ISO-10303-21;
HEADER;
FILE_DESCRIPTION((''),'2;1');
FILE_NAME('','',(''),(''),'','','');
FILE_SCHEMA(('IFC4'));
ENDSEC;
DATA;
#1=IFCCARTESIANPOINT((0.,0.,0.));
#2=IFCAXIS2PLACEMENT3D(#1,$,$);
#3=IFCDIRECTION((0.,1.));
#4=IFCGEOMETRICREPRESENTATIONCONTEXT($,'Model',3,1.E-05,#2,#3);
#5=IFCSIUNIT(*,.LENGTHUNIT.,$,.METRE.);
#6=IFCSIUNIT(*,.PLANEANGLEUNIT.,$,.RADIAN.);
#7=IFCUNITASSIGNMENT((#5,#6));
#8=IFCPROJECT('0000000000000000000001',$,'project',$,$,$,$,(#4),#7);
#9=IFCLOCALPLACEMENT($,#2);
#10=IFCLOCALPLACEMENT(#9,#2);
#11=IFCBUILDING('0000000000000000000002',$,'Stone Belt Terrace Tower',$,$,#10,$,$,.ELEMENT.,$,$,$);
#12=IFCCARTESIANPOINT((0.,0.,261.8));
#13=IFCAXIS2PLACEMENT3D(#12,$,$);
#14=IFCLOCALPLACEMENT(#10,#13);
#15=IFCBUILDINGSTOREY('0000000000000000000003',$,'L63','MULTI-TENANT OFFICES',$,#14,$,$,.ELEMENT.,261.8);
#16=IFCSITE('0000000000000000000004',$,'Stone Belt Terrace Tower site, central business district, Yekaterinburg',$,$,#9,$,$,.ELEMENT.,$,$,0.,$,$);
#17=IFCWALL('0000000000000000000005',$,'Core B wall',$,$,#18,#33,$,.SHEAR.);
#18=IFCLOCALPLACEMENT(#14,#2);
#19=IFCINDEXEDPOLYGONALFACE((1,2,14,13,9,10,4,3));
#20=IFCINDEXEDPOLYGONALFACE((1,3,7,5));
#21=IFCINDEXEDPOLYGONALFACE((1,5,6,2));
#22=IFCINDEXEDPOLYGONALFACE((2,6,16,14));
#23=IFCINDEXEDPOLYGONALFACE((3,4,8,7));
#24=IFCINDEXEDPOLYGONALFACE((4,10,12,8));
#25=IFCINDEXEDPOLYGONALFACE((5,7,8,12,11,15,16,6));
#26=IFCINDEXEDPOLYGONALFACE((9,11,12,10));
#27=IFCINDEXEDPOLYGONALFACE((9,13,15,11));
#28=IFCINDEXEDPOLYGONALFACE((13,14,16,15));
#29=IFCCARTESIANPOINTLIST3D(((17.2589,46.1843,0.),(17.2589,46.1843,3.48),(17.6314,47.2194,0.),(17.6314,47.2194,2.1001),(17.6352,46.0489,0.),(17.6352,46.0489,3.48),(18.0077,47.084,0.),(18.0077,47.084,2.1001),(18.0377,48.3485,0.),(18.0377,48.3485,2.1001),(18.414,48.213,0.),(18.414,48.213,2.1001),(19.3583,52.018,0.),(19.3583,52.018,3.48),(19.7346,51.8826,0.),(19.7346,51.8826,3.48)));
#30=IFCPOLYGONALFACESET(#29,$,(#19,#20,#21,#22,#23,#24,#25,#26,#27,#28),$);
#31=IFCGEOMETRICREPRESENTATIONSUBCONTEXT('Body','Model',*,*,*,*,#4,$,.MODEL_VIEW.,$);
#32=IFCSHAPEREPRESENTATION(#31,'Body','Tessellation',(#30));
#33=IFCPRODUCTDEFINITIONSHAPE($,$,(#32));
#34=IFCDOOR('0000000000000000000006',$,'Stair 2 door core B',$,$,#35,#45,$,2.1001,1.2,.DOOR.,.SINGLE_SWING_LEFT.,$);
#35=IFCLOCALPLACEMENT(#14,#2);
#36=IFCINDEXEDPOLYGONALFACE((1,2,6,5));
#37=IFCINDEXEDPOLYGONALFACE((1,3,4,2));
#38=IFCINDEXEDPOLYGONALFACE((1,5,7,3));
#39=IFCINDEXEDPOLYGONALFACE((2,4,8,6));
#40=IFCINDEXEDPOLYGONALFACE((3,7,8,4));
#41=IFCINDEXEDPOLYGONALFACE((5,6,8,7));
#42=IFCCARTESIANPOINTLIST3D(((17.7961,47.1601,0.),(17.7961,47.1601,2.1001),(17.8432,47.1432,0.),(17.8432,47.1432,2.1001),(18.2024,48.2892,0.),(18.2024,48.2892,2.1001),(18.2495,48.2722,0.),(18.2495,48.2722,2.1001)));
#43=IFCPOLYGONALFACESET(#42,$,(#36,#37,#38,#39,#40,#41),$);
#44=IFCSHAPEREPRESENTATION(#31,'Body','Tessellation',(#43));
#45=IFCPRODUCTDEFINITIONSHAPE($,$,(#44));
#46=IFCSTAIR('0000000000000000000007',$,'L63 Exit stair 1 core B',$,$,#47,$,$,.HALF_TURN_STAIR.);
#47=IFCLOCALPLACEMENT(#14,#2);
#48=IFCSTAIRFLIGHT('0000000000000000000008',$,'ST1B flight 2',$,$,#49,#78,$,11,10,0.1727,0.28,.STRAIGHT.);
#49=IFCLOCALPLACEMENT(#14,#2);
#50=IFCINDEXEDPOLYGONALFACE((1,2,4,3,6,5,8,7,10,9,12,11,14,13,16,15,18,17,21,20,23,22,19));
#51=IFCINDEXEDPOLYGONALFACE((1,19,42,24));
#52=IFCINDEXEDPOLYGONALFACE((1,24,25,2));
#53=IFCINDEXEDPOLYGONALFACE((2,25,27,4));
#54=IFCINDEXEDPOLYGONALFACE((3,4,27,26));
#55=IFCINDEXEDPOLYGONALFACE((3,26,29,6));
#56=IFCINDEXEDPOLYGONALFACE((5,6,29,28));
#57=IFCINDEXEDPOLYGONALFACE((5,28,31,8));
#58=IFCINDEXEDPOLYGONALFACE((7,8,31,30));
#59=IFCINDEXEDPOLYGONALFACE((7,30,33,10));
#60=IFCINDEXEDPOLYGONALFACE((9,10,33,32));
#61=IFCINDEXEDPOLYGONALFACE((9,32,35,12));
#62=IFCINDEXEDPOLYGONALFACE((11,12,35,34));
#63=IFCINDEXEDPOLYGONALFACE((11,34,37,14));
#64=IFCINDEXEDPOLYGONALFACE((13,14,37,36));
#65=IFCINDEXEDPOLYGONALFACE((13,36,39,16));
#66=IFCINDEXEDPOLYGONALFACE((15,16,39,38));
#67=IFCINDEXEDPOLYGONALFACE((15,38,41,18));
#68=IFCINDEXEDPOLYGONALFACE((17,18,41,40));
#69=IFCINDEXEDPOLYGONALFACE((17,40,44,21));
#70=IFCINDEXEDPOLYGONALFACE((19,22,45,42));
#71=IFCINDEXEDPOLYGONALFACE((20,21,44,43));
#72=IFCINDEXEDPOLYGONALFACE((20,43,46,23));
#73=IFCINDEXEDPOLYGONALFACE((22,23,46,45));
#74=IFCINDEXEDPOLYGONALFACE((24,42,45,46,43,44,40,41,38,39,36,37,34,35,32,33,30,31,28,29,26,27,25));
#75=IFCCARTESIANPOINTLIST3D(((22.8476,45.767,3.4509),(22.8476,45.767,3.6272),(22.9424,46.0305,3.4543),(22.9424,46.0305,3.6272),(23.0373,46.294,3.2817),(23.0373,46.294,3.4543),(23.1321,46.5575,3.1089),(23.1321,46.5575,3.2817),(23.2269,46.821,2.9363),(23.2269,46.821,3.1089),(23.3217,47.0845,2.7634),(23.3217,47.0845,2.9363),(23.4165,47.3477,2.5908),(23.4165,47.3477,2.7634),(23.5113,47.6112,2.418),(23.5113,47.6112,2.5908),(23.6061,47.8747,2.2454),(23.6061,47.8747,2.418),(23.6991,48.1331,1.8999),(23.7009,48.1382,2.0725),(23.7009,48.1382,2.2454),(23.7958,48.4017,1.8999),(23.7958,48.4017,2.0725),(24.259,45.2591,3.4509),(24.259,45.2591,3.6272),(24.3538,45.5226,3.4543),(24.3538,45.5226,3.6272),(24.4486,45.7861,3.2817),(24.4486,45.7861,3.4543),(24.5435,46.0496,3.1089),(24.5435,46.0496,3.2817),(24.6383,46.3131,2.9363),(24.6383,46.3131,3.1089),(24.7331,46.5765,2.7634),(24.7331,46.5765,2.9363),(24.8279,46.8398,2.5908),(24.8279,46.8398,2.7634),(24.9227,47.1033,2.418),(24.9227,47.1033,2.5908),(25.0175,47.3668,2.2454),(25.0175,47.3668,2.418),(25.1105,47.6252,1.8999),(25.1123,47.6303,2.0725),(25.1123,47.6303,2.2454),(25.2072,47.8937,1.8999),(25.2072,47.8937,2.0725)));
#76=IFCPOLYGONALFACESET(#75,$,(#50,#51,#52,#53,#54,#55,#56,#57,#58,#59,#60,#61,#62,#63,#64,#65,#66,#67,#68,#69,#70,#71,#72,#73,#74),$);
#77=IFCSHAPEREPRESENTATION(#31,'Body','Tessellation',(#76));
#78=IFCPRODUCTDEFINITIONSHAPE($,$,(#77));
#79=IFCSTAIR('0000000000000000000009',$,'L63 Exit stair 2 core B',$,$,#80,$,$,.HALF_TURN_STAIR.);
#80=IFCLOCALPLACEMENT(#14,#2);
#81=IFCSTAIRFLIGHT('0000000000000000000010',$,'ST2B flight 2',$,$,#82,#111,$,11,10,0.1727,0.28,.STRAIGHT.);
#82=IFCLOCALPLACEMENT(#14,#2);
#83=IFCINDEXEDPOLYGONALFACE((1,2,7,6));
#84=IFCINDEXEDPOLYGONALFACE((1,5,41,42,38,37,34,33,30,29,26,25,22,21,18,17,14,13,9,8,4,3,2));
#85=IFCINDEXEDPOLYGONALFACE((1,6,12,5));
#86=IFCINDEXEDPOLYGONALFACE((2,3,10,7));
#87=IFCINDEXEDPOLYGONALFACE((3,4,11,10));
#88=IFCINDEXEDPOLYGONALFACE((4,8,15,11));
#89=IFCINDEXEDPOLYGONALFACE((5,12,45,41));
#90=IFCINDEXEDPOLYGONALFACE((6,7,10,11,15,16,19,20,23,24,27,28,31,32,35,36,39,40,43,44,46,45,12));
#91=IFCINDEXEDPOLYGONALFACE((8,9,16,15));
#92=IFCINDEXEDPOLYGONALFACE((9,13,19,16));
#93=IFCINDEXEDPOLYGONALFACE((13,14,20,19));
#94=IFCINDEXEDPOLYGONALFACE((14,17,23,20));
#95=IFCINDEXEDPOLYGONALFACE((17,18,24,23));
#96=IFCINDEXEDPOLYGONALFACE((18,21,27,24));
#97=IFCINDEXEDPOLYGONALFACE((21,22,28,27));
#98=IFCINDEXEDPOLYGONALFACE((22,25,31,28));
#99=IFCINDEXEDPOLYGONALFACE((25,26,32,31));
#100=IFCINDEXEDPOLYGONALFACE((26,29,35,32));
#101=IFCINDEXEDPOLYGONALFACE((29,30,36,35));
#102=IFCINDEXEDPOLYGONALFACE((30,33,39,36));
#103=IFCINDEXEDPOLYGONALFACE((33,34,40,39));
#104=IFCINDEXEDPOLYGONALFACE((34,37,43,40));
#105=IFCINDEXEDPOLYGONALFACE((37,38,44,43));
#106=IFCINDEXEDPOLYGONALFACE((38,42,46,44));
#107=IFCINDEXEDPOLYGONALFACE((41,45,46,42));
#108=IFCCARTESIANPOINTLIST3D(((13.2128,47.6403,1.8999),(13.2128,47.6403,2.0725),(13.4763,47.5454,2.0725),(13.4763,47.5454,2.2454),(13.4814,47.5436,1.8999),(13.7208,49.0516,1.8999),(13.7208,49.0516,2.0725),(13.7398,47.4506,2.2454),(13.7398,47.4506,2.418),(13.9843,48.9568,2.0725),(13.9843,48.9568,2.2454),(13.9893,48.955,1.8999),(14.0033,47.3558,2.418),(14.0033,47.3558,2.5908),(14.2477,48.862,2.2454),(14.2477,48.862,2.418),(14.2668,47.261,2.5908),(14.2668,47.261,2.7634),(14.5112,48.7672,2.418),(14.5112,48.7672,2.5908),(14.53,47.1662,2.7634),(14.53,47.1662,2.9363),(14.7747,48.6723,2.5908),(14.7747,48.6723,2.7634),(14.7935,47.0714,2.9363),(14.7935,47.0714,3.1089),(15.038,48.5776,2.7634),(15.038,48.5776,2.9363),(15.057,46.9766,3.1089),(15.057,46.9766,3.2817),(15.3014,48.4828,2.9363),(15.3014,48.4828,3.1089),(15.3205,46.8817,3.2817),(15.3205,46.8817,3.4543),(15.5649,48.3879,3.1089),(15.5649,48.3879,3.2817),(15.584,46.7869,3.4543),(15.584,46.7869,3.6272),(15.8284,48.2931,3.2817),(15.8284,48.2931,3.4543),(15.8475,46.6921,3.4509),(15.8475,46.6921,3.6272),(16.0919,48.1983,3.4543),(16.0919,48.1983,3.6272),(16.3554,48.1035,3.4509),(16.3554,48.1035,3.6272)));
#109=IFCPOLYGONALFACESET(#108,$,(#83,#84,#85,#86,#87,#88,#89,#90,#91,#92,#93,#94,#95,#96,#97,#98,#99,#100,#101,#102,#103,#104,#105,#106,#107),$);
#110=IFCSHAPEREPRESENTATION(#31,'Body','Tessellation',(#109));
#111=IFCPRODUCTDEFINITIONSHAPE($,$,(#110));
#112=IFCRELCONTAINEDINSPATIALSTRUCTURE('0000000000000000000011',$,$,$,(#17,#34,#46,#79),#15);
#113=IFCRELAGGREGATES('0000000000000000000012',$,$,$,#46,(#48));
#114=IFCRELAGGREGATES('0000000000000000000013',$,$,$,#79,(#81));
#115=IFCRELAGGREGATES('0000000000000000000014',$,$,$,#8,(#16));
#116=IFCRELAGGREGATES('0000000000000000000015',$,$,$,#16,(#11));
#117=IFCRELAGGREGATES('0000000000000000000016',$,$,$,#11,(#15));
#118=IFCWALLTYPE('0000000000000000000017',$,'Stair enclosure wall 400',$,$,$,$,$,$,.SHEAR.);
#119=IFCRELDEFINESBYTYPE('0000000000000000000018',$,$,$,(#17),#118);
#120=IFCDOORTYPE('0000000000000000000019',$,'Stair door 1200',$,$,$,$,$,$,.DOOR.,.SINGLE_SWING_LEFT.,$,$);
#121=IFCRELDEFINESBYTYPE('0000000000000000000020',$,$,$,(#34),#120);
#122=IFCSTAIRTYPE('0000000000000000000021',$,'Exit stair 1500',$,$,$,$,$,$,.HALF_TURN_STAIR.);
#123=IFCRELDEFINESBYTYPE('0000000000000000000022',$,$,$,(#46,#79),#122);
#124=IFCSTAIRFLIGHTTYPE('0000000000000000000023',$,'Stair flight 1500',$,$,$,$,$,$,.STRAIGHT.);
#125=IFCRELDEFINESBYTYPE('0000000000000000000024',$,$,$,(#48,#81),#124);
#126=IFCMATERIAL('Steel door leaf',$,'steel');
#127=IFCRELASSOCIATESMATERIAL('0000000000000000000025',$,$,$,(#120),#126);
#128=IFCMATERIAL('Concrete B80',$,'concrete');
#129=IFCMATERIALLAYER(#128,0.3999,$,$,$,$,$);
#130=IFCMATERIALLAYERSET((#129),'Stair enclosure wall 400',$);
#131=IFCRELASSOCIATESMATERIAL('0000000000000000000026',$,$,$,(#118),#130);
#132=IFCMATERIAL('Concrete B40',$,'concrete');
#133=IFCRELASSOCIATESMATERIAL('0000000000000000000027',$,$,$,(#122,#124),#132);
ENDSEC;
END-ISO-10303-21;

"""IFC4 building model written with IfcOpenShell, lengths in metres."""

from ifc_helpers import new_model, si_unit, direction, frame, frame_2d, origin, place, context, subcontext, project, spatial, polyline, rectangle, outline, extrude, material, layer, layer_set, type_object, element, fill, aggregate, save


model = new_model("IFC4")

# Units and contexts
model_context = context("Model", 3, precision=1e-05, world=origin(), true_north=direction((0.0, 1.0)))
body_context = subcontext(model_context, "Body", "Model", "MODEL_VIEW")
ifc_project = project(units=[si_unit("LENGTHUNIT", "METRE"), si_unit("PLANEANGLEUNIT", "RADIAN")], contexts=[model_context])

# Site, building, storey
site_placement = place(None, origin())
site = spatial("IfcSite", under=ifc_project, at=site_placement, Name="Stone Belt Terrace Tower site, central business district, Yekaterinburg", CompositionType="ELEMENT", RefElevation=0.0)
building_placement = place(site_placement, origin())
building = spatial("IfcBuilding", under=site, at=building_placement, Name="Stone Belt Terrace Tower", CompositionType="ELEMENT")
storey_placement = place(building_placement, frame((0.0, 0.0, 261.8)))
storey = spatial("IfcBuildingStorey", under=building, at=storey_placement, Name="L63", Description="MULTI-TENANT OFFICES", CompositionType="ELEMENT", Elevation=261.8)

# Shared definitions
ifc_material_1 = material(Name="Steel door leaf", Category="steel")
door_type_1 = type_object("IfcDoorType", Name="Stair door 1200", OperationType="SINGLE_SWING_LEFT", PredefinedType="DOOR", material=ifc_material_1)
ifc_material_2 = material(Name="Concrete B80", Category="concrete")
ifc_layer_1 = layer(ifc_material_2, 0.3999)
ifc_layer_set_1 = layer_set([ifc_layer_1], Name="Stair enclosure wall 400")
wall_type_1 = type_object("IfcWallType", Name="Stair enclosure wall 400", PredefinedType="SHEAR", material=ifc_layer_set_1)

# Wall, opening, door
wall_1_placement = place(storey_placement, frame((17.447, 46.1165, 0.0), z_axis=(0.0, 0.0, 1.0), x_axis=(0.338608, 0.940928, 0.0)))
wall_1 = element("IfcWall", 1, at=wall_1_placement, inside=storey, type_object=wall_type_1, Name="Core B wall", PredefinedType="SHEAR", context=body_context, shape_type="SweptSolid", body=[
    extrude(rectangle(XDim=6.2, YDim=0.3999, at=frame_2d((3.1001, 0.0))), origin(), (0.0, 0.0, 1.0), 3.48),
])
opening_1_placement = place(wall_1_placement, frame((1.1001, 0.0, 0.0)))
opening_1 = element("IfcOpeningElement", 2, at=opening_1_placement, cuts=wall_1, PredefinedType="OPENING", context=body_context, shape_type="SweptSolid", body=[
    extrude(rectangle(XDim=1.2, YDim=2.1001, at=frame_2d((0.6001, 1.05))), frame((0.0, 0.21, 0.0), z_axis=(0.0, -1.0, 0.0), x_axis=(1.0, 0.0, 0.0)), (0.0, 0.0, 1.0), 0.4199),
])
door_1_placement = place(opening_1_placement, origin())
door_1 = element("IfcDoor", 3, at=door_1_placement, inside=storey, type_object=door_type_1, Name="Stair 2 door core B", OperationType="SINGLE_SWING_LEFT", OverallHeight=2.1001, OverallWidth=1.2, PredefinedType="DOOR", context=body_context, shape_type="SweptSolid", body=[
    extrude(rectangle(XDim=1.2, YDim=2.1001, at=frame_2d((0.6001, 1.05))), frame((0.0, 0.0249, 0.0), z_axis=(0.0, -1.0, 0.0), x_axis=(1.0, 0.0, 0.0)), (0.0, 0.0, 1.0), 0.05),
])
fill(opening_1, door_1)

# Stairs, stair flights
ifc_material_3 = material(Name="Concrete B40", Category="concrete")
stair_type = type_object("IfcStairType", Name="Exit stair 1500", PredefinedType="HALF_TURN_STAIR", material=ifc_material_3)
stair_1_placement = place(storey_placement, origin())
stair_1 = element("IfcStair", 4, at=stair_1_placement, inside=storey, type_object=stair_type, Name="L63 Exit stair 1 core B", PredefinedType="HALF_TURN_STAIR")
stair_flight_type = type_object("IfcStairFlightType", Name="Stair flight 1500", PredefinedType="STRAIGHT", material=ifc_material_3)
stair_flight_1_placement = place(storey_placement, frame((24.5015, 48.1477, 1.8999), z_axis=(0.0, 0.0, 1.0), x_axis=(-0.338624, -0.940922, 0.0)))
stair_flight_1 = element("IfcStairFlight", 5, at=stair_flight_1_placement, type_object=stair_flight_type, Name="ST1B flight 2", NumberOfRisers=11, NumberOfTreads=10, PredefinedType="STRAIGHT", RiserHeight=0.1727, TreadLength=0.28, context=body_context, shape_type="SweptSolid", body=[
    extrude(outline(polyline([(0.0, 0.0), (0.0, 0.1726), (0.28, 0.1726), (0.28, 0.3455), (0.5601, 0.3455), (0.5601, 0.5181), (0.8401, 0.5181), (0.8401, 0.6909), (1.1201, 0.6909), (1.1201, 0.8635), (1.3999, 0.8635), (1.3999, 1.0364), (1.6799, 1.0364), (1.6799, 1.209), (1.96, 1.209), (1.96, 1.3818), (2.24, 1.3818), (2.24, 1.5544), (2.52, 1.5544), (2.52, 1.7273), (2.8, 1.7273), (2.8, 1.8999), (2.8, 1.551), (0.2854, 0.0), (0.0, 0.0)])), frame((0.0, 0.75, 0.0), z_axis=(0.0, -1.0, 0.0), x_axis=(1.0, 0.0, 0.0)), (0.0, 0.0, 1.0), 1.5),
])
aggregate(stair_1, [stair_flight_1])
stair_2_placement = place(storey_placement, origin())
stair_2 = element("IfcStair", 6, at=stair_2_placement, inside=storey, type_object=stair_type, Name="L63 Exit stair 2 core B", PredefinedType="HALF_TURN_STAIR")
stair_flight_2_placement = place(storey_placement, frame((13.4668, 48.3459, 1.8999), z_axis=(0.0, 0.0, 1.0), x_axis=(0.940922, -0.338624, 0.0)))
stair_flight_2 = element("IfcStairFlight", 7, at=stair_flight_2_placement, type_object=stair_flight_type, Name="ST2B flight 2", NumberOfRisers=11, NumberOfTreads=10, PredefinedType="STRAIGHT", RiserHeight=0.1727, TreadLength=0.28, context=body_context, shape_type="SweptSolid", body=[
    extrude(outline(polyline([(0.0, 0.0), (0.0, 0.1726), (0.28, 0.1726), (0.28, 0.3455), (0.5601, 0.3455), (0.5601, 0.5181), (0.8401, 0.5181), (0.8401, 0.6909), (1.1201, 0.6909), (1.1201, 0.8635), (1.3999, 0.8635), (1.3999, 1.0364), (1.6799, 1.0364), (1.6799, 1.209), (1.96, 1.209), (1.96, 1.3818), (2.24, 1.3818), (2.24, 1.5544), (2.52, 1.5544), (2.52, 1.7273), (2.8, 1.7273), (2.8, 1.8999), (2.8, 1.551), (0.2854, 0.0), (0.0, 0.0)])), frame((0.0, 0.75, 0.0), z_axis=(0.0, -1.0, 0.0), x_axis=(1.0, 0.0, 0.0)), (0.0, 0.0, 1.0), 1.5),
])
aggregate(stair_2, [stair_flight_2])

save(model, "model.ifc")
